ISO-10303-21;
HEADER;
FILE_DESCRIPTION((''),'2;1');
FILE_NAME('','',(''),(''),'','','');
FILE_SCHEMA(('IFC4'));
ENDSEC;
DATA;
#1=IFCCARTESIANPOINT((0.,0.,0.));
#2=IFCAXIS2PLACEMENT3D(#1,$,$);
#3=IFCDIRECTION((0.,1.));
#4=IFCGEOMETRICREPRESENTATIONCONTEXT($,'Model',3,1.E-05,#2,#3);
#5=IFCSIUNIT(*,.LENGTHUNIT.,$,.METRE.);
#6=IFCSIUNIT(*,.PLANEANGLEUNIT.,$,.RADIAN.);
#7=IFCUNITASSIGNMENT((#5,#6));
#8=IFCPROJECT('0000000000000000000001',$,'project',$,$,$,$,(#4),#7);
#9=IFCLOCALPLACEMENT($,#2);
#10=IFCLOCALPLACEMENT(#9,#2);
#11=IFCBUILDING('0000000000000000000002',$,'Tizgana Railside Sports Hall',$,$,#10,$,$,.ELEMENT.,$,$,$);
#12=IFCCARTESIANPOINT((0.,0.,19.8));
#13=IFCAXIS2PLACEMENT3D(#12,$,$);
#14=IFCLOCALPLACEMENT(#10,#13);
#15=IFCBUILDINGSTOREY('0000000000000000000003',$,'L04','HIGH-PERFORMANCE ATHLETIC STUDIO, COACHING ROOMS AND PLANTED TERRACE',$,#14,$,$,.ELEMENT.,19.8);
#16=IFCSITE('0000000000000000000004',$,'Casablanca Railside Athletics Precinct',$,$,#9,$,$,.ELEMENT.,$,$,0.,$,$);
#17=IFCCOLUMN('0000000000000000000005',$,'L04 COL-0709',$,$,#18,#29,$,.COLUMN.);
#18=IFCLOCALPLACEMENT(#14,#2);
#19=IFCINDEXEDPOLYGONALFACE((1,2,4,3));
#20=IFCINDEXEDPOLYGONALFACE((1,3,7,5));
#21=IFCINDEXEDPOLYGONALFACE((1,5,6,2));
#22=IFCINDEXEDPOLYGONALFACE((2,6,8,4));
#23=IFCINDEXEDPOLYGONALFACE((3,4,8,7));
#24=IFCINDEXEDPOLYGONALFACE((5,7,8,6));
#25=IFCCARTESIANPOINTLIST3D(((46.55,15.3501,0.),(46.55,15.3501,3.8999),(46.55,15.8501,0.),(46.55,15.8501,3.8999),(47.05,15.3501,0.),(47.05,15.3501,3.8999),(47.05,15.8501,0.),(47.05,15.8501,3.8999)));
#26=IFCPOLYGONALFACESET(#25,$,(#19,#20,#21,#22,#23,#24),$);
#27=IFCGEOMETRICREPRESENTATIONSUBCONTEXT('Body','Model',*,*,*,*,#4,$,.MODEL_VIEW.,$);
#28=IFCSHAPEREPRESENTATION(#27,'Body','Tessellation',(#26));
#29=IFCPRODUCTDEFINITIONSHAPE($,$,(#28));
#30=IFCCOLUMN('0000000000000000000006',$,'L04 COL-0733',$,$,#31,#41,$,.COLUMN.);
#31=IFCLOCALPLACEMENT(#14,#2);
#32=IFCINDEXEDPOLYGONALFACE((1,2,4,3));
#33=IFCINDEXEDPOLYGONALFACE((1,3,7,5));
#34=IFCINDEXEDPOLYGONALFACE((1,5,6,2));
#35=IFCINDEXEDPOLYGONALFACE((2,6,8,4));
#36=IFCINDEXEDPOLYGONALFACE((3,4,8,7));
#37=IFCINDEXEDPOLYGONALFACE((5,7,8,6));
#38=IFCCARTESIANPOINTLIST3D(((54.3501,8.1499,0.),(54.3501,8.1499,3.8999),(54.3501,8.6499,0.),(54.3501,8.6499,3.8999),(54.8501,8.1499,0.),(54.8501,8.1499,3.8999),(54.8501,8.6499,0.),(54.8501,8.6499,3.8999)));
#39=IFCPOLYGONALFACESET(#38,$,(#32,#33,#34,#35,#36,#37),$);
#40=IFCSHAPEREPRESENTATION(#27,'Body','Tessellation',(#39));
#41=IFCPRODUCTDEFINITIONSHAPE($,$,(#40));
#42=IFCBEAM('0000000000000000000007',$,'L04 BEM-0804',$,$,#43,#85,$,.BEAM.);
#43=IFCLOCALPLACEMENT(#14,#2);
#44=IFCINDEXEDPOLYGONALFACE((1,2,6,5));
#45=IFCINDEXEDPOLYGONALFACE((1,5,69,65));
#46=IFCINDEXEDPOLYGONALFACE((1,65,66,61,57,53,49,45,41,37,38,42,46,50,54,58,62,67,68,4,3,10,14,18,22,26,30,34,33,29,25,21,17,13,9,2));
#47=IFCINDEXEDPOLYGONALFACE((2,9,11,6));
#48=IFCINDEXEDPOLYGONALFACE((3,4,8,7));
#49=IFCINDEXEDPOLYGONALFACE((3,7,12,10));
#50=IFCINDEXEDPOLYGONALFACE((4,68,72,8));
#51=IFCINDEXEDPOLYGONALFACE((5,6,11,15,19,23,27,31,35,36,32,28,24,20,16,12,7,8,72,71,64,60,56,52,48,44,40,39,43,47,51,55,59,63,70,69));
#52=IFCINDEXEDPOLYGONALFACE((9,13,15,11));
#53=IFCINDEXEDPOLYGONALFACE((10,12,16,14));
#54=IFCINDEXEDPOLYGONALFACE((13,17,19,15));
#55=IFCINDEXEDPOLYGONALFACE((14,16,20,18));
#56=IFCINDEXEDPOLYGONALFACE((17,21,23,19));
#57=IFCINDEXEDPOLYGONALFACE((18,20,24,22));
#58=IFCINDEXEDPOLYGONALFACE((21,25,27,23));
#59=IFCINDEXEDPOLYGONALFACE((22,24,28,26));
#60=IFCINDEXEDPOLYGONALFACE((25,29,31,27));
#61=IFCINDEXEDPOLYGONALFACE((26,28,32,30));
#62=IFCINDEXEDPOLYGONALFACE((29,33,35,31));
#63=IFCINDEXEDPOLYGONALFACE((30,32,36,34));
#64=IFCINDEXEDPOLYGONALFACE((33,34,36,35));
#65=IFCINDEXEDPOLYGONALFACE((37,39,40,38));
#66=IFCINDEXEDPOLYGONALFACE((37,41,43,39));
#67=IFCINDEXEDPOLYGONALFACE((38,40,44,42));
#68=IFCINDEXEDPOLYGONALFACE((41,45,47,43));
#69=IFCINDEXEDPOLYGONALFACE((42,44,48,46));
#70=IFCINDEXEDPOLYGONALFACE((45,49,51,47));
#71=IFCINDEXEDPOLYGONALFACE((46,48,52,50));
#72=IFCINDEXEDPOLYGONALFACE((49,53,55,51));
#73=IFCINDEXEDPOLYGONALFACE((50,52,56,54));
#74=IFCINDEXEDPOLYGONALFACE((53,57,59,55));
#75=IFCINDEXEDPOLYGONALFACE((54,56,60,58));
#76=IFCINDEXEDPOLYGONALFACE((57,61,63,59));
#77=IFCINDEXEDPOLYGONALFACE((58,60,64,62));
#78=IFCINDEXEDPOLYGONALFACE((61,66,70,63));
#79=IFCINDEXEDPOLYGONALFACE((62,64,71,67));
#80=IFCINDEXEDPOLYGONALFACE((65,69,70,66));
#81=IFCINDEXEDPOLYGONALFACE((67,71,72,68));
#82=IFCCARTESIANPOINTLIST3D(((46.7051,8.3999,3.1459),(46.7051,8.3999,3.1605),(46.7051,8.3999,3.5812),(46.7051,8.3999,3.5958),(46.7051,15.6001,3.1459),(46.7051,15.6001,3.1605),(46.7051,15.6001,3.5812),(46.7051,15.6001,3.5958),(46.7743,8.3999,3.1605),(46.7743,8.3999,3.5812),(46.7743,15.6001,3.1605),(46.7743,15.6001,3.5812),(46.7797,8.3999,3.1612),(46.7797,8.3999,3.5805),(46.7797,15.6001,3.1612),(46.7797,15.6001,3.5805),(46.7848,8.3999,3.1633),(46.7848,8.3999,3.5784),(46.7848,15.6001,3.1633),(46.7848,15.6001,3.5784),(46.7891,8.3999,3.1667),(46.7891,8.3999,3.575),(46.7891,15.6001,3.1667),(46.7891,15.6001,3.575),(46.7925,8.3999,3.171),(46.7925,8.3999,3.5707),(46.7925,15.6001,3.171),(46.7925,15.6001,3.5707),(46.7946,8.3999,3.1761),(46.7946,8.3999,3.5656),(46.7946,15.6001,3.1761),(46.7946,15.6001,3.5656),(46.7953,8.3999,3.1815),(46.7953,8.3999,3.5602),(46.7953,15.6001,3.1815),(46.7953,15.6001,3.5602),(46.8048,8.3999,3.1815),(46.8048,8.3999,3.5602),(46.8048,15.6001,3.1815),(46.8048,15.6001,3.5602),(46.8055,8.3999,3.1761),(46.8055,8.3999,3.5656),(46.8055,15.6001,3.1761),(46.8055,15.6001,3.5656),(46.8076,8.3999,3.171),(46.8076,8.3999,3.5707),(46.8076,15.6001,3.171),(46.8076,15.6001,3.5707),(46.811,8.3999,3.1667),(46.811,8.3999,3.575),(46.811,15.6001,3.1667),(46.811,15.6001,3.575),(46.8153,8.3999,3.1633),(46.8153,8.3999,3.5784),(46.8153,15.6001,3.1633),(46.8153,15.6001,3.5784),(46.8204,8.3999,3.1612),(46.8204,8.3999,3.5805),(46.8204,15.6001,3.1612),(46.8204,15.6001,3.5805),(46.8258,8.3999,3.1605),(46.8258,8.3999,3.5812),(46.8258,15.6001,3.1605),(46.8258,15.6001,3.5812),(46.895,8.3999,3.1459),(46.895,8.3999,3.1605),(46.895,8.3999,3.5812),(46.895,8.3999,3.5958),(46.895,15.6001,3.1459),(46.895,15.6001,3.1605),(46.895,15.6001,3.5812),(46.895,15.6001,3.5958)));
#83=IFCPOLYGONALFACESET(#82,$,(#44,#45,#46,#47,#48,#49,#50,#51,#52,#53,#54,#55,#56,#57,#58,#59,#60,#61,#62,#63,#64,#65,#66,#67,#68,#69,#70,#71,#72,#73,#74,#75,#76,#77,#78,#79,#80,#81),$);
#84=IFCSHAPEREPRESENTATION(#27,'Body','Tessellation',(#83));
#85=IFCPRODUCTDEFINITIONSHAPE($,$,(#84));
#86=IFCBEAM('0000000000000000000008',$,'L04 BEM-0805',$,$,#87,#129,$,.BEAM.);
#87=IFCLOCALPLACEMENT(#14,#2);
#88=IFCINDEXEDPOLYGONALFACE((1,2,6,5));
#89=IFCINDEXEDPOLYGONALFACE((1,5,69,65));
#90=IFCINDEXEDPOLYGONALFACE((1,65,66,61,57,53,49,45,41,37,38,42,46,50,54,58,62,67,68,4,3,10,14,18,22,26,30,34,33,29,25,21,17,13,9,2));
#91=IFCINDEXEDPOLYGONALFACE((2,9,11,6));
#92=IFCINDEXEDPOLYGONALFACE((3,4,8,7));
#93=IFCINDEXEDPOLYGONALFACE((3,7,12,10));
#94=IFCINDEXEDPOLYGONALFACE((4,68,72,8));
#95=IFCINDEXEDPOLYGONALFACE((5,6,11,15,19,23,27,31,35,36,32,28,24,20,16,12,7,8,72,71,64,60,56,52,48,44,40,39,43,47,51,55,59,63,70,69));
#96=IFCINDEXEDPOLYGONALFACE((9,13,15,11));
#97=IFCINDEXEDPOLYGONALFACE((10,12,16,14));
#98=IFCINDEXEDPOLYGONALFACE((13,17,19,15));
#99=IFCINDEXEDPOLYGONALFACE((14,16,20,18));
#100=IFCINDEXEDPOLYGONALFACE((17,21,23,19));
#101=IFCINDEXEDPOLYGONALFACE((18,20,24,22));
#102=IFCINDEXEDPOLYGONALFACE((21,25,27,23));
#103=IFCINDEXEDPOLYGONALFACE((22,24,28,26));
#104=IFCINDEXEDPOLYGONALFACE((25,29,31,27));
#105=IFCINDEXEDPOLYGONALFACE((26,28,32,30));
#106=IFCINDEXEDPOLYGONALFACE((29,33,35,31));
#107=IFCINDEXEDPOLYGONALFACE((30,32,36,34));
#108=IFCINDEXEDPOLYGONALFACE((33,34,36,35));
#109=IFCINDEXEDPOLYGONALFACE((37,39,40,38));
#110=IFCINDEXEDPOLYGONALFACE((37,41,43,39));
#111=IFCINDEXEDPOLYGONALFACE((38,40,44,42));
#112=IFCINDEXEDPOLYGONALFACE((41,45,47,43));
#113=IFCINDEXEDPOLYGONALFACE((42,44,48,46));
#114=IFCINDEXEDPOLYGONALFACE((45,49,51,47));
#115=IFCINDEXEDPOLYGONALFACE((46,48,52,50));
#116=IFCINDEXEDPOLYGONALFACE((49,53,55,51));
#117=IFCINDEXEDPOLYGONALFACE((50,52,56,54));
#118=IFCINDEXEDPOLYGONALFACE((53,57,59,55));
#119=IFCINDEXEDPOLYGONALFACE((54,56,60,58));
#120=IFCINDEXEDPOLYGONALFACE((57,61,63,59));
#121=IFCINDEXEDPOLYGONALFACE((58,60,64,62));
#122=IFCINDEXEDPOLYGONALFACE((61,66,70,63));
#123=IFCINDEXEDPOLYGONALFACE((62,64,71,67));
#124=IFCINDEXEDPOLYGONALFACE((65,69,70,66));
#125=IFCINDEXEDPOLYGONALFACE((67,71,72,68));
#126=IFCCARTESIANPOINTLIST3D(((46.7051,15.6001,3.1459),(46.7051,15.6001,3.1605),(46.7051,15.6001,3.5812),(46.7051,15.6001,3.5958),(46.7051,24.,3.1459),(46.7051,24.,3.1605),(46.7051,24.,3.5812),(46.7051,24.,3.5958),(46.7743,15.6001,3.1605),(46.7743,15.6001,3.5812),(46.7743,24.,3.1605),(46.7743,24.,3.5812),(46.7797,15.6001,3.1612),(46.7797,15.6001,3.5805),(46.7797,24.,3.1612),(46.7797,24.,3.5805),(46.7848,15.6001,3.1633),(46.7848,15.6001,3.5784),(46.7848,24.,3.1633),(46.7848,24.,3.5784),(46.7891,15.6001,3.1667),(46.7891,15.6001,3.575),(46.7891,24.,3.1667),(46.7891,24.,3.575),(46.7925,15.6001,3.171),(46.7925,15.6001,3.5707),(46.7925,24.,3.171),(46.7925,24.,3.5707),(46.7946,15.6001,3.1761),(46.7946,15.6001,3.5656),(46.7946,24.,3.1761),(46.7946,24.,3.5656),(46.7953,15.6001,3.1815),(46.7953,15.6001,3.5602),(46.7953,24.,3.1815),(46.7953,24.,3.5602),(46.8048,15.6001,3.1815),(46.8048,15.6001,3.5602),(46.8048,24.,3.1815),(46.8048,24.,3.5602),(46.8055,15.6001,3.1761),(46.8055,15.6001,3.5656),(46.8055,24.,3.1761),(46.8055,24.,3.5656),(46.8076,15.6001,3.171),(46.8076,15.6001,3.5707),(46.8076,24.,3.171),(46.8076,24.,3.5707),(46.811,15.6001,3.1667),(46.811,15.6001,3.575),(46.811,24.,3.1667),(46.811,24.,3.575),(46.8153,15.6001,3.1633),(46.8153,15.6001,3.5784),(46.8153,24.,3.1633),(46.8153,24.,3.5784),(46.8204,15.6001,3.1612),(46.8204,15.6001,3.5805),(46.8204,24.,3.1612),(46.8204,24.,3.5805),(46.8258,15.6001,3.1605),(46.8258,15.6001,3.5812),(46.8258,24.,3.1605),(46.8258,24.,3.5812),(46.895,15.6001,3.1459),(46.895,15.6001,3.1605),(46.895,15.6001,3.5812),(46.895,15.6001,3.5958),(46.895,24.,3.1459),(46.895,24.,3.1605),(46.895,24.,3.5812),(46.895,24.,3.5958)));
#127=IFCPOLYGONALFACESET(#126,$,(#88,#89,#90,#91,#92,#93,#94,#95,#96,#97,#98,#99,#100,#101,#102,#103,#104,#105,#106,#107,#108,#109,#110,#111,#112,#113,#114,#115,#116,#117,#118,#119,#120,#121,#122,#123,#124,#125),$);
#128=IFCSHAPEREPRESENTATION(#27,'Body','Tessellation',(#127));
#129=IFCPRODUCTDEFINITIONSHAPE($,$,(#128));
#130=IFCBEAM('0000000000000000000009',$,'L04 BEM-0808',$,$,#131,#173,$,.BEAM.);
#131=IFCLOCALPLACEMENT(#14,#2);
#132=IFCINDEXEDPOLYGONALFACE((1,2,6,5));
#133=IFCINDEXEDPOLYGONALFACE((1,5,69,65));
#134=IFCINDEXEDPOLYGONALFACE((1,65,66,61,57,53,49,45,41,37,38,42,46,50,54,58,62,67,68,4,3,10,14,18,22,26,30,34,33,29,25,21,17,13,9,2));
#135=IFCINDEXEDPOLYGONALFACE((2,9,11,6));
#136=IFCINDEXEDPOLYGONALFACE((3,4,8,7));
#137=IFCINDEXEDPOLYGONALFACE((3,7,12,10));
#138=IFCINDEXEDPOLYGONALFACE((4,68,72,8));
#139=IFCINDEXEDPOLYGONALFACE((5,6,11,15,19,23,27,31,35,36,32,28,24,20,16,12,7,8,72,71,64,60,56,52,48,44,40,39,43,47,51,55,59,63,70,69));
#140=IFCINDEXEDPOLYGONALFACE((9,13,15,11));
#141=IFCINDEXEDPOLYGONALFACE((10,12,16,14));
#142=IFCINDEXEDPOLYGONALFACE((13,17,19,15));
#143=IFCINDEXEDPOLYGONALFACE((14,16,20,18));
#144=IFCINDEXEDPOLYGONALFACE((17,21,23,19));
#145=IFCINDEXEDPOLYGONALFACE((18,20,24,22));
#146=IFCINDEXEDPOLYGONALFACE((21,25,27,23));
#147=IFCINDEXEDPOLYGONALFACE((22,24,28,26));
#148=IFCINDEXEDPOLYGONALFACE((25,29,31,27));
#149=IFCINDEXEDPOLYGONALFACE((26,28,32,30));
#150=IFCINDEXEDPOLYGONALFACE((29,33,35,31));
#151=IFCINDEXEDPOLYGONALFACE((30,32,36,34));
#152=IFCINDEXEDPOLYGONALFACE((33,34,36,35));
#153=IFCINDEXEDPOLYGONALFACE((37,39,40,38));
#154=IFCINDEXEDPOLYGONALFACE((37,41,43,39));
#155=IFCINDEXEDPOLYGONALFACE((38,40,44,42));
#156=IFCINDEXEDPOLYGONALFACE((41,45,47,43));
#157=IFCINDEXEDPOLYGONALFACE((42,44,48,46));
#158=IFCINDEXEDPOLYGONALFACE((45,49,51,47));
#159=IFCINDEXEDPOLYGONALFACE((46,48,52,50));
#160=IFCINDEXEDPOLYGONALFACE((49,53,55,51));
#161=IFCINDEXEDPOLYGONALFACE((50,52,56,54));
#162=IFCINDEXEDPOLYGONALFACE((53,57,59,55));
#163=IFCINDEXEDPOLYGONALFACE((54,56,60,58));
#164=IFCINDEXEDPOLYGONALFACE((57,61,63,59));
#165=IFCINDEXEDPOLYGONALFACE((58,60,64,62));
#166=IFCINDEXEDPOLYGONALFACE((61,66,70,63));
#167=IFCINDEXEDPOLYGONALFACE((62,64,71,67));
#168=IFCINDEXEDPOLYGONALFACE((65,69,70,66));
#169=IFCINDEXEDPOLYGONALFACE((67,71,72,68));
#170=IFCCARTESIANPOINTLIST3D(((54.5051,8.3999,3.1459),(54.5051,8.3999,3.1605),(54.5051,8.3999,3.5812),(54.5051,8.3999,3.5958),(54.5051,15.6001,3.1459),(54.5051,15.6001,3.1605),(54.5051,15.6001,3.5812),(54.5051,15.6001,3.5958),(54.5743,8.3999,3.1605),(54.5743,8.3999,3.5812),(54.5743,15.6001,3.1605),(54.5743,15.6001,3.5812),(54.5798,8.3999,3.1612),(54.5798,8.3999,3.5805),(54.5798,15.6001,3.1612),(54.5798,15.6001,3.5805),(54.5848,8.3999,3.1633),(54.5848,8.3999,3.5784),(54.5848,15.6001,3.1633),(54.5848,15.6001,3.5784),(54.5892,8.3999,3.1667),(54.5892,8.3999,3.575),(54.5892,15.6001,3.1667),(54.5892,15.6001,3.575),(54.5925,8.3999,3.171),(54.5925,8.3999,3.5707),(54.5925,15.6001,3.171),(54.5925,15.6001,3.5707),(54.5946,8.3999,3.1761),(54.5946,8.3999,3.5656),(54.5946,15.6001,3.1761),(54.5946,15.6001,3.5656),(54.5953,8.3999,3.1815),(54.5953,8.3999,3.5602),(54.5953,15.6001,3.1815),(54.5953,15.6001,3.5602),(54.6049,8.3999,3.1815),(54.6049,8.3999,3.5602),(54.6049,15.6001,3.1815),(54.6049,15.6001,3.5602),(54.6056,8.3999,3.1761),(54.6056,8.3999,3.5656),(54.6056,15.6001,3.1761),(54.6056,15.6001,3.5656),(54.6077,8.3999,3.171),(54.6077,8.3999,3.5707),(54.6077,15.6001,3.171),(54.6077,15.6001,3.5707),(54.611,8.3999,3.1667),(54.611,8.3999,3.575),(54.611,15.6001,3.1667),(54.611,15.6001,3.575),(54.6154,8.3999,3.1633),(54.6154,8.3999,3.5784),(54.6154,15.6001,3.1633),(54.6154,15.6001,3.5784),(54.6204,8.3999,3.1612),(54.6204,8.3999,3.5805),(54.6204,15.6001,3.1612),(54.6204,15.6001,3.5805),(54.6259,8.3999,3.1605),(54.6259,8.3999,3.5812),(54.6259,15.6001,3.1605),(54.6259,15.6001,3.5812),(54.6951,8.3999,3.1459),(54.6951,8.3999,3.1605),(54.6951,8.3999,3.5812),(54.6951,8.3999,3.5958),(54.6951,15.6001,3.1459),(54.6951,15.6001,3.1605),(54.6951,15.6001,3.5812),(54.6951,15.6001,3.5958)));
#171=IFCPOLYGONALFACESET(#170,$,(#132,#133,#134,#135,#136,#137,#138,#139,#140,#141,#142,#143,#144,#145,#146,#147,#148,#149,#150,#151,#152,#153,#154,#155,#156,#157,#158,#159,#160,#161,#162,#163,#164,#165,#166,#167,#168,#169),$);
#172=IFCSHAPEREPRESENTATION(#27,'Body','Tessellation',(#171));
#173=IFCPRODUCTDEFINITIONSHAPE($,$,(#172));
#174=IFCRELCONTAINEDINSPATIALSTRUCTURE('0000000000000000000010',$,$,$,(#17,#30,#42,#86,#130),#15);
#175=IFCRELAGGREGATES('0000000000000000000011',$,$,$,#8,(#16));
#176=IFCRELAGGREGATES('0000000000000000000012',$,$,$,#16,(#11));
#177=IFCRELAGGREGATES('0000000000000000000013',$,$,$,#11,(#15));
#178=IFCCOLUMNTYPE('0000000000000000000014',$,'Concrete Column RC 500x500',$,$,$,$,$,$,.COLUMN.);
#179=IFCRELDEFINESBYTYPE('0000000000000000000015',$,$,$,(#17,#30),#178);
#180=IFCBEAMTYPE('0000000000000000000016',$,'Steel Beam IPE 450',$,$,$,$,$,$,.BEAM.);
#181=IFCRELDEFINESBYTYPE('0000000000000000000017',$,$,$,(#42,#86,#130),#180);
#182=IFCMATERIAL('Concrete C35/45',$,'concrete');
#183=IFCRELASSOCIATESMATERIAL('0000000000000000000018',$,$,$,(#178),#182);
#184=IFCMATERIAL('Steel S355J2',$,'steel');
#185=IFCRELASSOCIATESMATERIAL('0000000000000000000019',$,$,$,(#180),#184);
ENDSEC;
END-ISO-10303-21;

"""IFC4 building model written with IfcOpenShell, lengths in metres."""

from ifc_helpers import new_model, si_unit, direction, frame, origin, origin_2d, place, context, subcontext, project, spatial, rectangle, i_section, extrude, material, material_profile, profile_set, type_object, element, save


model = new_model("IFC4")

# Units and contexts
model_context = context("Model", 3, precision=1e-05, world=origin(), true_north=direction((0.0, 1.0)))
body_context = subcontext(model_context, "Body", "Model", "MODEL_VIEW")
ifc_project = project(units=[si_unit("LENGTHUNIT", "METRE"), si_unit("PLANEANGLEUNIT", "RADIAN")], contexts=[model_context])

# Site, building, storey
site_placement = place(None, origin())
site = spatial("IfcSite", under=ifc_project, at=site_placement, Name="Casablanca Railside Athletics Precinct", CompositionType="ELEMENT", RefElevation=0.0)
building_placement = place(site_placement, origin())
building = spatial("IfcBuilding", under=site, at=building_placement, Name="Tizgana Railside Sports Hall", CompositionType="ELEMENT")
storey_placement = place(building_placement, frame((0.0, 0.0, 19.8)))
storey = spatial("IfcBuildingStorey", under=building, at=storey_placement, Name="L04", Description="HIGH-PERFORMANCE ATHLETIC STUDIO, COACHING ROOMS AND PLANTED TERRACE", CompositionType="ELEMENT", Elevation=19.8)

# Columns
ifc_material_1 = material(Name="Concrete C35/45", Category="concrete")
ifc_material_profile_1 = material_profile(ifc_material_1, rectangle(XDim=0.5, YDim=0.5, at=origin_2d()), Name="RC 500x500")
ifc_profile_set_1 = profile_set([ifc_material_profile_1], Name="Concrete C35/45")
column_type = type_object("IfcColumnType", Name="Concrete Column RC 500x500", PredefinedType="COLUMN", material=ifc_profile_set_1)
for number, where, z_axis, x_axis, name in (
    (1, (46.8, 15.6001, 0.0), (0.0, 0.0, 1.0), (1.0, 0.0, 0.0), "L04 COL-0709"),
    (2, (54.6001, 8.3999, 0.0), (0.0, 0.0, 1.0), (1.0, 0.0, 0.0), "L04 COL-0733"),
):
    element("IfcColumn", number, at=place(storey_placement, frame(where, z_axis=z_axis, x_axis=x_axis)), inside=storey, type_object=column_type, Name=name, PredefinedType="COLUMN", context=body_context, shape_type="SweptSolid", body=[
        extrude(rectangle(XDim=0.5, YDim=0.5, at=origin_2d()), origin(), (0.0, 0.0, 1.0), 3.8999),
    ])

# Beams
ifc_material_2 = material(Name="Steel S355J2", Category="steel")
ifc_material_profile_2 = material_profile(ifc_material_2, i_section(OverallWidth=0.1899, OverallDepth=0.45, WebThickness=0.0095, FlangeThickness=0.0146, FilletRadius=0.021, at=origin_2d()), Name="IPE 450")
ifc_profile_set_2 = profile_set([ifc_material_profile_2], Name="Steel S355J2")
beam_type_1 = type_object("IfcBeamType", Name="Steel Beam IPE 450", PredefinedType="BEAM", material=ifc_profile_set_2)
beam_1_placement = place(storey_placement, frame((46.8, 8.3999, 3.3708), z_axis=(0.0, 1.0, 0.0), x_axis=(-1.0, 0.0, 0.0)))
element("IfcBeam", 3, at=beam_1_placement, inside=storey, type_object=beam_type_1, Name="L04 BEM-0804", PredefinedType="BEAM", context=body_context, shape_type="SweptSolid", body=[
    extrude(i_section(OverallWidth=0.1899, OverallDepth=0.45, WebThickness=0.0095, FlangeThickness=0.0146, FilletRadius=0.021, at=origin_2d()), origin(), (0.0, 0.0, 1.0), 7.2002),
])
beam_2_placement = place(storey_placement, frame((46.8, 15.6001, 3.3708), z_axis=(0.0, 1.0, 0.0), x_axis=(-1.0, 0.0, 0.0)))
element("IfcBeam", 4, at=beam_2_placement, inside=storey, type_object=beam_type_1, Name="L04 BEM-0805", PredefinedType="BEAM", context=body_context, shape_type="SweptSolid", body=[
    extrude(i_section(OverallWidth=0.1899, OverallDepth=0.45, WebThickness=0.0095, FlangeThickness=0.0146, FilletRadius=0.021, at=origin_2d()), origin(), (0.0, 0.0, 1.0), 8.3999),
])
beam_3_placement = place(storey_placement, frame((54.6001, 8.3999, 3.3708), z_axis=(0.0, 1.0, 0.0), x_axis=(-1.0, 0.0, 0.0)))
element("IfcBeam", 5, at=beam_3_placement, inside=storey, type_object=beam_type_1, Name="L04 BEM-0808", PredefinedType="BEAM", context=body_context, shape_type="SweptSolid", body=[
    extrude(i_section(OverallWidth=0.1899, OverallDepth=0.45, WebThickness=0.0095, FlangeThickness=0.0146, FilletRadius=0.021, at=origin_2d()), origin(), (0.0, 0.0, 1.0), 7.2002),
])

save(model, "model.ifc")
